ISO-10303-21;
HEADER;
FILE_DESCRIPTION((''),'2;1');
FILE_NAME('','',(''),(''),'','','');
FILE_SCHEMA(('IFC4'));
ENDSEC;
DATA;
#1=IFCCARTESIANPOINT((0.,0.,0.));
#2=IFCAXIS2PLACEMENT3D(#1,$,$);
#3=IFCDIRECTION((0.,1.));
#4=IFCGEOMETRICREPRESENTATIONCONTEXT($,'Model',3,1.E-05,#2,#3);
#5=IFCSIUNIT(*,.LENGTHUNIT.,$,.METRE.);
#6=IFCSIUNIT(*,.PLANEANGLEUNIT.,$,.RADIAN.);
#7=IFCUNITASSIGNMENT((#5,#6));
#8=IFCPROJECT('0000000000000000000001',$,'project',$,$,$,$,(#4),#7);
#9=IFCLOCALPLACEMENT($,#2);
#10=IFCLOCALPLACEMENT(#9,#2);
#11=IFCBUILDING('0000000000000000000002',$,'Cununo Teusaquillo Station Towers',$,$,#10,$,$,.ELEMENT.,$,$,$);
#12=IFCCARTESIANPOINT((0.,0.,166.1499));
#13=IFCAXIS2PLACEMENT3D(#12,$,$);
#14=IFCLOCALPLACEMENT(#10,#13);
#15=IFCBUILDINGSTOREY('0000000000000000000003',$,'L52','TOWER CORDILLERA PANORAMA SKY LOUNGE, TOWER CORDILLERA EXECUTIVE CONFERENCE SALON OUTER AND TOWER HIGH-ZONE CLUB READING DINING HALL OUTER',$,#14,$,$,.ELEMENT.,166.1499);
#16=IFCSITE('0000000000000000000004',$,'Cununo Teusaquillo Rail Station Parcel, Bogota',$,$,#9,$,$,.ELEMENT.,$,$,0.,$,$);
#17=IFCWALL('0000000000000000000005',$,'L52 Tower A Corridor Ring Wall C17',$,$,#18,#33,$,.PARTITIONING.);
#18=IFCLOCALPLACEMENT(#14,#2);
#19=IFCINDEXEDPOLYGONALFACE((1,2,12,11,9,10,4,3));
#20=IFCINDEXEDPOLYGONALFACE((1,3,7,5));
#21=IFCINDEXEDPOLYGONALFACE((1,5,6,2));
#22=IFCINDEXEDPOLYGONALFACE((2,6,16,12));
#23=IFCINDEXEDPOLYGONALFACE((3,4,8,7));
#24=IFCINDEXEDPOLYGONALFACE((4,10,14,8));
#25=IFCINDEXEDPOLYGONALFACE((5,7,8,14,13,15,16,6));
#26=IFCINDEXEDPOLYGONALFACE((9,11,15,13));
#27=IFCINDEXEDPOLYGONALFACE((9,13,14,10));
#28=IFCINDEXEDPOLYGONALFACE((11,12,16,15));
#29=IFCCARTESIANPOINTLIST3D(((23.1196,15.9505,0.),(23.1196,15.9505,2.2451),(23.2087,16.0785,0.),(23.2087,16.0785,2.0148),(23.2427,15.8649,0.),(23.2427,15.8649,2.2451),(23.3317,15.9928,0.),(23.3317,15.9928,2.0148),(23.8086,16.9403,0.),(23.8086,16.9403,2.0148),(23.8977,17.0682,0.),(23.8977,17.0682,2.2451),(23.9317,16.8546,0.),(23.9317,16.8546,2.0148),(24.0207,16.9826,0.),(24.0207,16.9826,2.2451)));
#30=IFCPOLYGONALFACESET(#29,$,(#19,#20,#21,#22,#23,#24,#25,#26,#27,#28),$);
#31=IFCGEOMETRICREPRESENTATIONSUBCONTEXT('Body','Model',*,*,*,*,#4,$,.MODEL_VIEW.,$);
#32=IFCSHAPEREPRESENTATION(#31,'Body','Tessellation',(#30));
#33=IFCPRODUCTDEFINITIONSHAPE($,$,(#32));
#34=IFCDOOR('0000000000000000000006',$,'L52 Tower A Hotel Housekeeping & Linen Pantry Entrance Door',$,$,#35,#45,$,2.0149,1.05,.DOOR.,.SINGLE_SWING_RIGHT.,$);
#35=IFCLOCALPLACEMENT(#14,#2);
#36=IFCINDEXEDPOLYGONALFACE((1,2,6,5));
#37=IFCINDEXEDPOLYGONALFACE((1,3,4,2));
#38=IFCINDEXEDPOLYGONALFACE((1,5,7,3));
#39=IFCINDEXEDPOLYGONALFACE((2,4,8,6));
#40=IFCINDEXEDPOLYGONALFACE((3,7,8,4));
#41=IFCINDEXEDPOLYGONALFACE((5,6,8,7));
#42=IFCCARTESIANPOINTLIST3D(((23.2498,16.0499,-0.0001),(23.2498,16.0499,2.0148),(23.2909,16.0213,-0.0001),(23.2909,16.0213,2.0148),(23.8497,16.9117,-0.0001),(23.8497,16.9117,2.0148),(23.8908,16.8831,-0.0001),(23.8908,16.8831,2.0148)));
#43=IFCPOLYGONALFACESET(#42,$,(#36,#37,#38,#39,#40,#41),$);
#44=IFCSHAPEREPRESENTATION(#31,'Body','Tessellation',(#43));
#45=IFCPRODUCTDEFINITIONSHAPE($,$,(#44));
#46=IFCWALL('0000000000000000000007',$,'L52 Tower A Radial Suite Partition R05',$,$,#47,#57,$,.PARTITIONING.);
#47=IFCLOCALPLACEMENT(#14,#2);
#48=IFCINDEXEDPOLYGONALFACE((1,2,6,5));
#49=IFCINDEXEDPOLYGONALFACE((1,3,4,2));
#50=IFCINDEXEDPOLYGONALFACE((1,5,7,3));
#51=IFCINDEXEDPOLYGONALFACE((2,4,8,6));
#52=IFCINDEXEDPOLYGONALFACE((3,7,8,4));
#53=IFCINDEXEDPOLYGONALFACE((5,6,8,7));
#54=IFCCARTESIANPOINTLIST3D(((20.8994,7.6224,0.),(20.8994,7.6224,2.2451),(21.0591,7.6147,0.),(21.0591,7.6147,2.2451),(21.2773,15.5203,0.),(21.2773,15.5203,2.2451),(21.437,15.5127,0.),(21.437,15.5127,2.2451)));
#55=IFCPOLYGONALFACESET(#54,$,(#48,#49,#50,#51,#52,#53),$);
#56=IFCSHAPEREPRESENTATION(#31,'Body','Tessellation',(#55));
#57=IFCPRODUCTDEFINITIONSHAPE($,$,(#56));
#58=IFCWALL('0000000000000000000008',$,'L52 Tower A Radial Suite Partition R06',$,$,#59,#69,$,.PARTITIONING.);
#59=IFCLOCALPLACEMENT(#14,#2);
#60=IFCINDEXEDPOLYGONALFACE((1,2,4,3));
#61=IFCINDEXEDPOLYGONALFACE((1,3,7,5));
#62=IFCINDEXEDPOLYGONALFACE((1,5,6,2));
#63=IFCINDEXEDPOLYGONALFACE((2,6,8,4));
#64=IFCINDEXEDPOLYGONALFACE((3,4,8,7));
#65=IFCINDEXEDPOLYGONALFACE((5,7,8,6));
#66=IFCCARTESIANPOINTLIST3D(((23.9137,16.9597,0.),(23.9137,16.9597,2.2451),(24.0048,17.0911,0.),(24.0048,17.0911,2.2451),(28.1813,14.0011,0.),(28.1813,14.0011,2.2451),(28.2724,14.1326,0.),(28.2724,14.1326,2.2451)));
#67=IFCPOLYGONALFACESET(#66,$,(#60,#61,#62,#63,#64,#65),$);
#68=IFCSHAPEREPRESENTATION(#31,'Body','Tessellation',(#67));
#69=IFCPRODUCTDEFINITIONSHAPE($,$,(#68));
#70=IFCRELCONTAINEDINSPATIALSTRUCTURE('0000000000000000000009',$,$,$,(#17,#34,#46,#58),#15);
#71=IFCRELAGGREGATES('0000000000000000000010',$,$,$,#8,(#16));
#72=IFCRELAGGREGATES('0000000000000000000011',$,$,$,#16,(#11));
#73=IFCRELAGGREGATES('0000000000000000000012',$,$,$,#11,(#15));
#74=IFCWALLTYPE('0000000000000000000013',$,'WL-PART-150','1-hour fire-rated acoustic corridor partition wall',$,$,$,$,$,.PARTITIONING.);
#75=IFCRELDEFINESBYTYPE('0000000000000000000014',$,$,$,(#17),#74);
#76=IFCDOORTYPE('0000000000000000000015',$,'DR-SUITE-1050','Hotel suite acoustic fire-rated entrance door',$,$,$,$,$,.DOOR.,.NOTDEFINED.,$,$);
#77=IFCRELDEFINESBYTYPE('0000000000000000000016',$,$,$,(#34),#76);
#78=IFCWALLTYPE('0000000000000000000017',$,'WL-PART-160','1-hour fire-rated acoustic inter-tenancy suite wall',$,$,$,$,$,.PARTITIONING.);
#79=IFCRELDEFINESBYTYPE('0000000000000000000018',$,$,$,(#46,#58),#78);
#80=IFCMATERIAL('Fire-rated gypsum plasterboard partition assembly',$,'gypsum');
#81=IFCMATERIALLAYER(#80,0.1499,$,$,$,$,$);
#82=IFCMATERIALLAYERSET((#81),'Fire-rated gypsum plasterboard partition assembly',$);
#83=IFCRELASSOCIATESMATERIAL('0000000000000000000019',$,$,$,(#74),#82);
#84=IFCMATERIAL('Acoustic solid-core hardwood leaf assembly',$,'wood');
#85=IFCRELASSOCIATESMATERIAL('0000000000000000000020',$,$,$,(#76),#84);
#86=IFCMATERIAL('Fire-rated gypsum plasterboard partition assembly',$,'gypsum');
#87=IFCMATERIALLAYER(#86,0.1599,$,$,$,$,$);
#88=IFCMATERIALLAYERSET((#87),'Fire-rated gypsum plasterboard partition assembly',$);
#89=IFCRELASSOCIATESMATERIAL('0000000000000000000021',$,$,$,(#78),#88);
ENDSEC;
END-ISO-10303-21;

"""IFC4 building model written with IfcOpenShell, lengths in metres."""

from ifc_helpers import new_model, si_unit, direction, frame, frame_2d, origin, place, context, subcontext, project, spatial, rectangle, extrude, source, transform, mapped, material, layer, layer_set, type_object, element, fill, save


model = new_model("IFC4")

# Units and contexts
model_context = context("Model", 3, precision=1e-05, world=origin(), true_north=direction((0.0, 1.0)))
body_context = subcontext(model_context, "Body", "Model", "MODEL_VIEW")
ifc_project = project(units=[si_unit("LENGTHUNIT", "METRE"), si_unit("PLANEANGLEUNIT", "RADIAN")], contexts=[model_context])

# Site, building, storey
site_placement = place(None, origin())
site = spatial("IfcSite", under=ifc_project, at=site_placement, Name="Cununo Teusaquillo Rail Station Parcel, Bogota", CompositionType="ELEMENT", RefElevation=0.0)
building_placement = place(site_placement, origin())
building = spatial("IfcBuilding", under=site, at=building_placement, Name="Cununo Teusaquillo Station Towers", CompositionType="ELEMENT")
storey_placement = place(building_placement, frame((0.0, 0.0, 166.1499)))
storey = spatial("IfcBuildingStorey", under=building, at=storey_placement, Name="L52", Description="TOWER CORDILLERA PANORAMA SKY LOUNGE, TOWER CORDILLERA EXECUTIVE CONFERENCE SALON OUTER AND TOWER HIGH-ZONE CLUB READING DINING HALL OUTER", CompositionType="ELEMENT", Elevation=166.1499)

# Shared definitions
ifc_material_1 = material(Name="Fire-rated gypsum plasterboard partition assembly", Category="gypsum")
ifc_layer_1 = layer(ifc_material_1, 0.1499)
ifc_layer_set_1 = layer_set([ifc_layer_1], Name="Fire-rated gypsum plasterboard partition assembly")
wall_type_1 = type_object("IfcWallType", Name="WL-PART-150", Description="1-hour fire-rated acoustic corridor partition wall", PredefinedType="PARTITIONING", material=ifc_layer_set_1)

# Wall, opening, door
wall_1_placement = place(storey_placement, frame((23.1812, 15.9077, 0.0), z_axis=(0.0, 0.0, 1.0), x_axis=(0.571343, 0.820711, 0.0)))
wall_1 = element("IfcWall", 1, at=wall_1_placement, inside=storey, type_object=wall_type_1, Name="L52 Tower A Corridor Ring Wall C17", PredefinedType="PARTITIONING", context=body_context, shape_type="SweptSolid", body=[
    extrude(rectangle(XDim=1.3618, YDim=0.1499, at=frame_2d((0.6809, 0.0))), origin(), (0.0, 0.0, 1.0), 2.2451),
])
shared_shape_1 = source(origin(), body_context, "Body", "SweptSolid", [
    extrude(rectangle(XDim=1.05, YDim=2.0149, at=frame_2d((0.5249, 1.0073))), frame((0.0, 0.085, 0.0), z_axis=(0.0, -1.0, 0.0), x_axis=(1.0, 0.0, 0.0)), (0.0, 0.0, 1.0), 0.1699),
])
opening_1_placement = place(wall_1_placement, frame((0.156, 0.0, 0.0)))
opening_1 = element("IfcOpeningElement", 2, at=opening_1_placement, cuts=wall_1, PredefinedType="OPENING", context=body_context, shape_type="MappedRepresentation", body=[
    mapped(shared_shape_1, transform((0.0, 0.0, 0.0), x_axis=(1.0, 0.0, 0.0), y_axis=(0.0, 1.0, 0.0), z_axis=(0.0, 0.0, 1.0), scale=1.0)),
])
ifc_material_2 = material(Name="Acoustic solid-core hardwood leaf assembly", Category="wood")
door_type = type_object("IfcDoorType", Name="DR-SUITE-1050", Description="Hotel suite acoustic fire-rated entrance door", OperationType="NOTDEFINED", PredefinedType="DOOR", material=ifc_material_2)
shared_shape_2 = source(origin(), body_context, "Body", "SweptSolid", [
    extrude(rectangle(XDim=1.05, YDim=2.0149, at=frame_2d((0.5249, 1.0073))), frame((0.0, 0.0249, 0.0), z_axis=(0.0, -1.0, 0.0), x_axis=(1.0, 0.0, 0.0)), (0.0, 0.0, 1.0), 0.05),
])
door_placement = place(opening_1_placement, origin())
door = element("IfcDoor", 3, at=door_placement, inside=storey, type_object=door_type, Name="L52 Tower A Hotel Housekeeping & Linen Pantry Entrance Door", OperationType="SINGLE_SWING_RIGHT", OverallHeight=2.0149, OverallWidth=1.05, PredefinedType="DOOR", context=body_context, shape_type="MappedRepresentation", body=[
    mapped(shared_shape_2, transform((0.0, 0.0, 0.0), x_axis=(1.0, 0.0, 0.0), y_axis=(0.0, 1.0, 0.0), z_axis=(0.0, 0.0, 1.0), scale=1.0)),
])
fill(opening_1, door)

# Walls
ifc_material_3 = material(Name="Fire-rated gypsum plasterboard partition assembly", Category="gypsum")
ifc_layer_2 = layer(ifc_material_3, 0.1599)
ifc_layer_set_2 = layer_set([ifc_layer_2], Name="Fire-rated gypsum plasterboard partition assembly")
wall_type_2 = type_object("IfcWallType", Name="WL-PART-160", Description="1-hour fire-rated acoustic inter-tenancy suite wall", PredefinedType="PARTITIONING", material=ifc_layer_set_2)
wall_2_placement = place(storey_placement, frame((21.3572, 15.5166, 0.0), z_axis=(0.0, 0.0, 1.0), x_axis=(-0.047797, -0.998857, 0.0)))
element("IfcWall", 4, at=wall_2_placement, inside=storey, type_object=wall_type_2, Name="L52 Tower A Radial Suite Partition R05", PredefinedType="PARTITIONING", context=body_context, shape_type="SweptSolid", body=[
    extrude(rectangle(XDim=7.907, YDim=0.1599, at=frame_2d((3.9536, 0.0))), origin(), (0.0, 0.0, 1.0), 2.2451),
])
wall_3_placement = place(storey_placement, frame((23.9592, 17.0254, 0.0), z_axis=(0.0, 0.0, 1.0), x_axis=(0.82183, -0.569733, 0.0)))
element("IfcWall", 5, at=wall_3_placement, inside=storey, type_object=wall_type_2, Name="L52 Tower A Radial Suite Partition R06", PredefinedType="PARTITIONING", context=body_context, shape_type="SweptSolid", body=[
    extrude(rectangle(XDim=5.1929, YDim=0.1599, at=frame_2d((2.5964, 0.0))), origin(), (0.0, 0.0, 1.0), 2.2451),
])

save(model, "model.ifc")
